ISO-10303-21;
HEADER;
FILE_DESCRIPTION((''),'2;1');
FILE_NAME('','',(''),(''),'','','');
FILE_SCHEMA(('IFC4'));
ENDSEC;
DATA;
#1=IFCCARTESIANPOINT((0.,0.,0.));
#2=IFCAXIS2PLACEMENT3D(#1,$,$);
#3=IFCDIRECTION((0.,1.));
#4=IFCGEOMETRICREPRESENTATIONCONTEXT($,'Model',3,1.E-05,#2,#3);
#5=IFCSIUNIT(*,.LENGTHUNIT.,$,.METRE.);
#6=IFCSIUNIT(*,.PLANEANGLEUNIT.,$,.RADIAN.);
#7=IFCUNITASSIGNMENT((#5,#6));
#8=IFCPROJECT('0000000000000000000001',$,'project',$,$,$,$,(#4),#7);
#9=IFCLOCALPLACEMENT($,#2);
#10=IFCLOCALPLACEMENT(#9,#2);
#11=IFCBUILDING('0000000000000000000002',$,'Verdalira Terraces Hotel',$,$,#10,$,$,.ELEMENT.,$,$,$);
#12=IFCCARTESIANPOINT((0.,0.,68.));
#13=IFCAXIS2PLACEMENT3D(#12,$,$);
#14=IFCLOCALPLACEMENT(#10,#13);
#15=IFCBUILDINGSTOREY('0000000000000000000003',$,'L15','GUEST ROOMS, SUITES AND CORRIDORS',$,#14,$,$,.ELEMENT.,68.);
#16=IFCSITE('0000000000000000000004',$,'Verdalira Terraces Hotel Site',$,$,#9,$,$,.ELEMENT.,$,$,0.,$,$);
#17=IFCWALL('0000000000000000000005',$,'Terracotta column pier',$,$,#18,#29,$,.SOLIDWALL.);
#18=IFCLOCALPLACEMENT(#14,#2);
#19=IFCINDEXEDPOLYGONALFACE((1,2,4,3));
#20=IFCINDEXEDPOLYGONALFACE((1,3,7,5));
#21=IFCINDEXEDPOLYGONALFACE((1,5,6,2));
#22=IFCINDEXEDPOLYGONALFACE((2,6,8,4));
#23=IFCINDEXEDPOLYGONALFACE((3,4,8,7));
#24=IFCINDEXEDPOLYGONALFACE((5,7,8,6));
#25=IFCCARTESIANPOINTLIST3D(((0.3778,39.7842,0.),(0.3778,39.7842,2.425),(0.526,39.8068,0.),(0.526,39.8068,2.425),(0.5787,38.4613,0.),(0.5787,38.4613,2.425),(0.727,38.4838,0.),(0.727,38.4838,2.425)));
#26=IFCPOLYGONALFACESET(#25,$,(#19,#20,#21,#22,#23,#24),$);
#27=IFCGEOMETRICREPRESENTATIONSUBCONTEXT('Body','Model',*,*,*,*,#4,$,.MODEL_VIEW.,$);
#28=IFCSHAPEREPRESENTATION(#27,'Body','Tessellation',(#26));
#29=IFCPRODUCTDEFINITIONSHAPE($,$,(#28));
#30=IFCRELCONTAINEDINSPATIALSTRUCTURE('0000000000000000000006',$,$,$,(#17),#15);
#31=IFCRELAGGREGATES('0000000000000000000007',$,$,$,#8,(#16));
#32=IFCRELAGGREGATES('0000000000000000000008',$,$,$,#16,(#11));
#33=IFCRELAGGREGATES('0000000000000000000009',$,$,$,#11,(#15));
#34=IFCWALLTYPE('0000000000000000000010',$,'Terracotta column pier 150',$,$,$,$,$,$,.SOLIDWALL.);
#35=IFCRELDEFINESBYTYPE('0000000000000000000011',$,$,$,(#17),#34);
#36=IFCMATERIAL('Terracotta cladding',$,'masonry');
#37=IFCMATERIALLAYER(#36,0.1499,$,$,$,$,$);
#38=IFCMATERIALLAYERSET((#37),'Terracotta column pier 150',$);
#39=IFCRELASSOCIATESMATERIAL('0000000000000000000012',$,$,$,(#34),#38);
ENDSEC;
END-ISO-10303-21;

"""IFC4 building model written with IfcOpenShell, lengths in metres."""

from ifc_helpers import new_model, si_unit, direction, frame, frame_2d, origin, place, context, subcontext, project, spatial, rectangle, extrude, material, layer, layer_set, type_object, element, save


model = new_model("IFC4")

# Units and contexts
model_context = context("Model", 3, precision=1e-05, world=origin(), true_north=direction((0.0, 1.0)))
body_context = subcontext(model_context, "Body", "Model", "MODEL_VIEW")
ifc_project = project(units=[si_unit("LENGTHUNIT", "METRE"), si_unit("PLANEANGLEUNIT", "RADIAN")], contexts=[model_context])

# Site, building, storey
site_placement = place(None, origin())
site = spatial("IfcSite", under=ifc_project, at=site_placement, Name="Verdalira Terraces Hotel Site", CompositionType="ELEMENT", RefElevation=0.0)
building_placement = place(site_placement, origin())
building = spatial("IfcBuilding", under=site, at=building_placement, Name="Verdalira Terraces Hotel", CompositionType="ELEMENT")
storey_placement = place(building_placement, frame((0.0, 0.0, 68.0)))
storey = spatial("IfcBuildingStorey", under=building, at=storey_placement, Name="L15", Description="GUEST ROOMS, SUITES AND CORRIDORS", CompositionType="ELEMENT", Elevation=68.0)

# Wall
ifc_material_1 = material(Name="Terracotta cladding", Category="masonry")
ifc_layer_1 = layer(ifc_material_1, 0.1499)
ifc_layer_set_1 = layer_set([ifc_layer_1], Name="Terracotta column pier 150")
wall_type_1 = type_object("IfcWallType", Name="Terracotta column pier 150", PredefinedType="SOLIDWALL", material=ifc_layer_set_1)
wall_1_placement = place(storey_placement, frame((0.6528, 38.4727, 0.0), z_axis=(0.0, 0.0, 1.0), x_axis=(-0.150151, 0.988663, 0.0)))
element("IfcWall", 1, at=wall_1_placement, inside=storey, type_object=wall_type_1, Name="Terracotta column pier", PredefinedType="SOLIDWALL", context=body_context, shape_type="SweptSolid", body=[
    extrude(rectangle(XDim=1.3381, YDim=0.1499, at=frame_2d((0.6689, 0.0))), origin(), (0.0, 0.0, 1.0), 2.425),
])

save(model, "model.ifc")
